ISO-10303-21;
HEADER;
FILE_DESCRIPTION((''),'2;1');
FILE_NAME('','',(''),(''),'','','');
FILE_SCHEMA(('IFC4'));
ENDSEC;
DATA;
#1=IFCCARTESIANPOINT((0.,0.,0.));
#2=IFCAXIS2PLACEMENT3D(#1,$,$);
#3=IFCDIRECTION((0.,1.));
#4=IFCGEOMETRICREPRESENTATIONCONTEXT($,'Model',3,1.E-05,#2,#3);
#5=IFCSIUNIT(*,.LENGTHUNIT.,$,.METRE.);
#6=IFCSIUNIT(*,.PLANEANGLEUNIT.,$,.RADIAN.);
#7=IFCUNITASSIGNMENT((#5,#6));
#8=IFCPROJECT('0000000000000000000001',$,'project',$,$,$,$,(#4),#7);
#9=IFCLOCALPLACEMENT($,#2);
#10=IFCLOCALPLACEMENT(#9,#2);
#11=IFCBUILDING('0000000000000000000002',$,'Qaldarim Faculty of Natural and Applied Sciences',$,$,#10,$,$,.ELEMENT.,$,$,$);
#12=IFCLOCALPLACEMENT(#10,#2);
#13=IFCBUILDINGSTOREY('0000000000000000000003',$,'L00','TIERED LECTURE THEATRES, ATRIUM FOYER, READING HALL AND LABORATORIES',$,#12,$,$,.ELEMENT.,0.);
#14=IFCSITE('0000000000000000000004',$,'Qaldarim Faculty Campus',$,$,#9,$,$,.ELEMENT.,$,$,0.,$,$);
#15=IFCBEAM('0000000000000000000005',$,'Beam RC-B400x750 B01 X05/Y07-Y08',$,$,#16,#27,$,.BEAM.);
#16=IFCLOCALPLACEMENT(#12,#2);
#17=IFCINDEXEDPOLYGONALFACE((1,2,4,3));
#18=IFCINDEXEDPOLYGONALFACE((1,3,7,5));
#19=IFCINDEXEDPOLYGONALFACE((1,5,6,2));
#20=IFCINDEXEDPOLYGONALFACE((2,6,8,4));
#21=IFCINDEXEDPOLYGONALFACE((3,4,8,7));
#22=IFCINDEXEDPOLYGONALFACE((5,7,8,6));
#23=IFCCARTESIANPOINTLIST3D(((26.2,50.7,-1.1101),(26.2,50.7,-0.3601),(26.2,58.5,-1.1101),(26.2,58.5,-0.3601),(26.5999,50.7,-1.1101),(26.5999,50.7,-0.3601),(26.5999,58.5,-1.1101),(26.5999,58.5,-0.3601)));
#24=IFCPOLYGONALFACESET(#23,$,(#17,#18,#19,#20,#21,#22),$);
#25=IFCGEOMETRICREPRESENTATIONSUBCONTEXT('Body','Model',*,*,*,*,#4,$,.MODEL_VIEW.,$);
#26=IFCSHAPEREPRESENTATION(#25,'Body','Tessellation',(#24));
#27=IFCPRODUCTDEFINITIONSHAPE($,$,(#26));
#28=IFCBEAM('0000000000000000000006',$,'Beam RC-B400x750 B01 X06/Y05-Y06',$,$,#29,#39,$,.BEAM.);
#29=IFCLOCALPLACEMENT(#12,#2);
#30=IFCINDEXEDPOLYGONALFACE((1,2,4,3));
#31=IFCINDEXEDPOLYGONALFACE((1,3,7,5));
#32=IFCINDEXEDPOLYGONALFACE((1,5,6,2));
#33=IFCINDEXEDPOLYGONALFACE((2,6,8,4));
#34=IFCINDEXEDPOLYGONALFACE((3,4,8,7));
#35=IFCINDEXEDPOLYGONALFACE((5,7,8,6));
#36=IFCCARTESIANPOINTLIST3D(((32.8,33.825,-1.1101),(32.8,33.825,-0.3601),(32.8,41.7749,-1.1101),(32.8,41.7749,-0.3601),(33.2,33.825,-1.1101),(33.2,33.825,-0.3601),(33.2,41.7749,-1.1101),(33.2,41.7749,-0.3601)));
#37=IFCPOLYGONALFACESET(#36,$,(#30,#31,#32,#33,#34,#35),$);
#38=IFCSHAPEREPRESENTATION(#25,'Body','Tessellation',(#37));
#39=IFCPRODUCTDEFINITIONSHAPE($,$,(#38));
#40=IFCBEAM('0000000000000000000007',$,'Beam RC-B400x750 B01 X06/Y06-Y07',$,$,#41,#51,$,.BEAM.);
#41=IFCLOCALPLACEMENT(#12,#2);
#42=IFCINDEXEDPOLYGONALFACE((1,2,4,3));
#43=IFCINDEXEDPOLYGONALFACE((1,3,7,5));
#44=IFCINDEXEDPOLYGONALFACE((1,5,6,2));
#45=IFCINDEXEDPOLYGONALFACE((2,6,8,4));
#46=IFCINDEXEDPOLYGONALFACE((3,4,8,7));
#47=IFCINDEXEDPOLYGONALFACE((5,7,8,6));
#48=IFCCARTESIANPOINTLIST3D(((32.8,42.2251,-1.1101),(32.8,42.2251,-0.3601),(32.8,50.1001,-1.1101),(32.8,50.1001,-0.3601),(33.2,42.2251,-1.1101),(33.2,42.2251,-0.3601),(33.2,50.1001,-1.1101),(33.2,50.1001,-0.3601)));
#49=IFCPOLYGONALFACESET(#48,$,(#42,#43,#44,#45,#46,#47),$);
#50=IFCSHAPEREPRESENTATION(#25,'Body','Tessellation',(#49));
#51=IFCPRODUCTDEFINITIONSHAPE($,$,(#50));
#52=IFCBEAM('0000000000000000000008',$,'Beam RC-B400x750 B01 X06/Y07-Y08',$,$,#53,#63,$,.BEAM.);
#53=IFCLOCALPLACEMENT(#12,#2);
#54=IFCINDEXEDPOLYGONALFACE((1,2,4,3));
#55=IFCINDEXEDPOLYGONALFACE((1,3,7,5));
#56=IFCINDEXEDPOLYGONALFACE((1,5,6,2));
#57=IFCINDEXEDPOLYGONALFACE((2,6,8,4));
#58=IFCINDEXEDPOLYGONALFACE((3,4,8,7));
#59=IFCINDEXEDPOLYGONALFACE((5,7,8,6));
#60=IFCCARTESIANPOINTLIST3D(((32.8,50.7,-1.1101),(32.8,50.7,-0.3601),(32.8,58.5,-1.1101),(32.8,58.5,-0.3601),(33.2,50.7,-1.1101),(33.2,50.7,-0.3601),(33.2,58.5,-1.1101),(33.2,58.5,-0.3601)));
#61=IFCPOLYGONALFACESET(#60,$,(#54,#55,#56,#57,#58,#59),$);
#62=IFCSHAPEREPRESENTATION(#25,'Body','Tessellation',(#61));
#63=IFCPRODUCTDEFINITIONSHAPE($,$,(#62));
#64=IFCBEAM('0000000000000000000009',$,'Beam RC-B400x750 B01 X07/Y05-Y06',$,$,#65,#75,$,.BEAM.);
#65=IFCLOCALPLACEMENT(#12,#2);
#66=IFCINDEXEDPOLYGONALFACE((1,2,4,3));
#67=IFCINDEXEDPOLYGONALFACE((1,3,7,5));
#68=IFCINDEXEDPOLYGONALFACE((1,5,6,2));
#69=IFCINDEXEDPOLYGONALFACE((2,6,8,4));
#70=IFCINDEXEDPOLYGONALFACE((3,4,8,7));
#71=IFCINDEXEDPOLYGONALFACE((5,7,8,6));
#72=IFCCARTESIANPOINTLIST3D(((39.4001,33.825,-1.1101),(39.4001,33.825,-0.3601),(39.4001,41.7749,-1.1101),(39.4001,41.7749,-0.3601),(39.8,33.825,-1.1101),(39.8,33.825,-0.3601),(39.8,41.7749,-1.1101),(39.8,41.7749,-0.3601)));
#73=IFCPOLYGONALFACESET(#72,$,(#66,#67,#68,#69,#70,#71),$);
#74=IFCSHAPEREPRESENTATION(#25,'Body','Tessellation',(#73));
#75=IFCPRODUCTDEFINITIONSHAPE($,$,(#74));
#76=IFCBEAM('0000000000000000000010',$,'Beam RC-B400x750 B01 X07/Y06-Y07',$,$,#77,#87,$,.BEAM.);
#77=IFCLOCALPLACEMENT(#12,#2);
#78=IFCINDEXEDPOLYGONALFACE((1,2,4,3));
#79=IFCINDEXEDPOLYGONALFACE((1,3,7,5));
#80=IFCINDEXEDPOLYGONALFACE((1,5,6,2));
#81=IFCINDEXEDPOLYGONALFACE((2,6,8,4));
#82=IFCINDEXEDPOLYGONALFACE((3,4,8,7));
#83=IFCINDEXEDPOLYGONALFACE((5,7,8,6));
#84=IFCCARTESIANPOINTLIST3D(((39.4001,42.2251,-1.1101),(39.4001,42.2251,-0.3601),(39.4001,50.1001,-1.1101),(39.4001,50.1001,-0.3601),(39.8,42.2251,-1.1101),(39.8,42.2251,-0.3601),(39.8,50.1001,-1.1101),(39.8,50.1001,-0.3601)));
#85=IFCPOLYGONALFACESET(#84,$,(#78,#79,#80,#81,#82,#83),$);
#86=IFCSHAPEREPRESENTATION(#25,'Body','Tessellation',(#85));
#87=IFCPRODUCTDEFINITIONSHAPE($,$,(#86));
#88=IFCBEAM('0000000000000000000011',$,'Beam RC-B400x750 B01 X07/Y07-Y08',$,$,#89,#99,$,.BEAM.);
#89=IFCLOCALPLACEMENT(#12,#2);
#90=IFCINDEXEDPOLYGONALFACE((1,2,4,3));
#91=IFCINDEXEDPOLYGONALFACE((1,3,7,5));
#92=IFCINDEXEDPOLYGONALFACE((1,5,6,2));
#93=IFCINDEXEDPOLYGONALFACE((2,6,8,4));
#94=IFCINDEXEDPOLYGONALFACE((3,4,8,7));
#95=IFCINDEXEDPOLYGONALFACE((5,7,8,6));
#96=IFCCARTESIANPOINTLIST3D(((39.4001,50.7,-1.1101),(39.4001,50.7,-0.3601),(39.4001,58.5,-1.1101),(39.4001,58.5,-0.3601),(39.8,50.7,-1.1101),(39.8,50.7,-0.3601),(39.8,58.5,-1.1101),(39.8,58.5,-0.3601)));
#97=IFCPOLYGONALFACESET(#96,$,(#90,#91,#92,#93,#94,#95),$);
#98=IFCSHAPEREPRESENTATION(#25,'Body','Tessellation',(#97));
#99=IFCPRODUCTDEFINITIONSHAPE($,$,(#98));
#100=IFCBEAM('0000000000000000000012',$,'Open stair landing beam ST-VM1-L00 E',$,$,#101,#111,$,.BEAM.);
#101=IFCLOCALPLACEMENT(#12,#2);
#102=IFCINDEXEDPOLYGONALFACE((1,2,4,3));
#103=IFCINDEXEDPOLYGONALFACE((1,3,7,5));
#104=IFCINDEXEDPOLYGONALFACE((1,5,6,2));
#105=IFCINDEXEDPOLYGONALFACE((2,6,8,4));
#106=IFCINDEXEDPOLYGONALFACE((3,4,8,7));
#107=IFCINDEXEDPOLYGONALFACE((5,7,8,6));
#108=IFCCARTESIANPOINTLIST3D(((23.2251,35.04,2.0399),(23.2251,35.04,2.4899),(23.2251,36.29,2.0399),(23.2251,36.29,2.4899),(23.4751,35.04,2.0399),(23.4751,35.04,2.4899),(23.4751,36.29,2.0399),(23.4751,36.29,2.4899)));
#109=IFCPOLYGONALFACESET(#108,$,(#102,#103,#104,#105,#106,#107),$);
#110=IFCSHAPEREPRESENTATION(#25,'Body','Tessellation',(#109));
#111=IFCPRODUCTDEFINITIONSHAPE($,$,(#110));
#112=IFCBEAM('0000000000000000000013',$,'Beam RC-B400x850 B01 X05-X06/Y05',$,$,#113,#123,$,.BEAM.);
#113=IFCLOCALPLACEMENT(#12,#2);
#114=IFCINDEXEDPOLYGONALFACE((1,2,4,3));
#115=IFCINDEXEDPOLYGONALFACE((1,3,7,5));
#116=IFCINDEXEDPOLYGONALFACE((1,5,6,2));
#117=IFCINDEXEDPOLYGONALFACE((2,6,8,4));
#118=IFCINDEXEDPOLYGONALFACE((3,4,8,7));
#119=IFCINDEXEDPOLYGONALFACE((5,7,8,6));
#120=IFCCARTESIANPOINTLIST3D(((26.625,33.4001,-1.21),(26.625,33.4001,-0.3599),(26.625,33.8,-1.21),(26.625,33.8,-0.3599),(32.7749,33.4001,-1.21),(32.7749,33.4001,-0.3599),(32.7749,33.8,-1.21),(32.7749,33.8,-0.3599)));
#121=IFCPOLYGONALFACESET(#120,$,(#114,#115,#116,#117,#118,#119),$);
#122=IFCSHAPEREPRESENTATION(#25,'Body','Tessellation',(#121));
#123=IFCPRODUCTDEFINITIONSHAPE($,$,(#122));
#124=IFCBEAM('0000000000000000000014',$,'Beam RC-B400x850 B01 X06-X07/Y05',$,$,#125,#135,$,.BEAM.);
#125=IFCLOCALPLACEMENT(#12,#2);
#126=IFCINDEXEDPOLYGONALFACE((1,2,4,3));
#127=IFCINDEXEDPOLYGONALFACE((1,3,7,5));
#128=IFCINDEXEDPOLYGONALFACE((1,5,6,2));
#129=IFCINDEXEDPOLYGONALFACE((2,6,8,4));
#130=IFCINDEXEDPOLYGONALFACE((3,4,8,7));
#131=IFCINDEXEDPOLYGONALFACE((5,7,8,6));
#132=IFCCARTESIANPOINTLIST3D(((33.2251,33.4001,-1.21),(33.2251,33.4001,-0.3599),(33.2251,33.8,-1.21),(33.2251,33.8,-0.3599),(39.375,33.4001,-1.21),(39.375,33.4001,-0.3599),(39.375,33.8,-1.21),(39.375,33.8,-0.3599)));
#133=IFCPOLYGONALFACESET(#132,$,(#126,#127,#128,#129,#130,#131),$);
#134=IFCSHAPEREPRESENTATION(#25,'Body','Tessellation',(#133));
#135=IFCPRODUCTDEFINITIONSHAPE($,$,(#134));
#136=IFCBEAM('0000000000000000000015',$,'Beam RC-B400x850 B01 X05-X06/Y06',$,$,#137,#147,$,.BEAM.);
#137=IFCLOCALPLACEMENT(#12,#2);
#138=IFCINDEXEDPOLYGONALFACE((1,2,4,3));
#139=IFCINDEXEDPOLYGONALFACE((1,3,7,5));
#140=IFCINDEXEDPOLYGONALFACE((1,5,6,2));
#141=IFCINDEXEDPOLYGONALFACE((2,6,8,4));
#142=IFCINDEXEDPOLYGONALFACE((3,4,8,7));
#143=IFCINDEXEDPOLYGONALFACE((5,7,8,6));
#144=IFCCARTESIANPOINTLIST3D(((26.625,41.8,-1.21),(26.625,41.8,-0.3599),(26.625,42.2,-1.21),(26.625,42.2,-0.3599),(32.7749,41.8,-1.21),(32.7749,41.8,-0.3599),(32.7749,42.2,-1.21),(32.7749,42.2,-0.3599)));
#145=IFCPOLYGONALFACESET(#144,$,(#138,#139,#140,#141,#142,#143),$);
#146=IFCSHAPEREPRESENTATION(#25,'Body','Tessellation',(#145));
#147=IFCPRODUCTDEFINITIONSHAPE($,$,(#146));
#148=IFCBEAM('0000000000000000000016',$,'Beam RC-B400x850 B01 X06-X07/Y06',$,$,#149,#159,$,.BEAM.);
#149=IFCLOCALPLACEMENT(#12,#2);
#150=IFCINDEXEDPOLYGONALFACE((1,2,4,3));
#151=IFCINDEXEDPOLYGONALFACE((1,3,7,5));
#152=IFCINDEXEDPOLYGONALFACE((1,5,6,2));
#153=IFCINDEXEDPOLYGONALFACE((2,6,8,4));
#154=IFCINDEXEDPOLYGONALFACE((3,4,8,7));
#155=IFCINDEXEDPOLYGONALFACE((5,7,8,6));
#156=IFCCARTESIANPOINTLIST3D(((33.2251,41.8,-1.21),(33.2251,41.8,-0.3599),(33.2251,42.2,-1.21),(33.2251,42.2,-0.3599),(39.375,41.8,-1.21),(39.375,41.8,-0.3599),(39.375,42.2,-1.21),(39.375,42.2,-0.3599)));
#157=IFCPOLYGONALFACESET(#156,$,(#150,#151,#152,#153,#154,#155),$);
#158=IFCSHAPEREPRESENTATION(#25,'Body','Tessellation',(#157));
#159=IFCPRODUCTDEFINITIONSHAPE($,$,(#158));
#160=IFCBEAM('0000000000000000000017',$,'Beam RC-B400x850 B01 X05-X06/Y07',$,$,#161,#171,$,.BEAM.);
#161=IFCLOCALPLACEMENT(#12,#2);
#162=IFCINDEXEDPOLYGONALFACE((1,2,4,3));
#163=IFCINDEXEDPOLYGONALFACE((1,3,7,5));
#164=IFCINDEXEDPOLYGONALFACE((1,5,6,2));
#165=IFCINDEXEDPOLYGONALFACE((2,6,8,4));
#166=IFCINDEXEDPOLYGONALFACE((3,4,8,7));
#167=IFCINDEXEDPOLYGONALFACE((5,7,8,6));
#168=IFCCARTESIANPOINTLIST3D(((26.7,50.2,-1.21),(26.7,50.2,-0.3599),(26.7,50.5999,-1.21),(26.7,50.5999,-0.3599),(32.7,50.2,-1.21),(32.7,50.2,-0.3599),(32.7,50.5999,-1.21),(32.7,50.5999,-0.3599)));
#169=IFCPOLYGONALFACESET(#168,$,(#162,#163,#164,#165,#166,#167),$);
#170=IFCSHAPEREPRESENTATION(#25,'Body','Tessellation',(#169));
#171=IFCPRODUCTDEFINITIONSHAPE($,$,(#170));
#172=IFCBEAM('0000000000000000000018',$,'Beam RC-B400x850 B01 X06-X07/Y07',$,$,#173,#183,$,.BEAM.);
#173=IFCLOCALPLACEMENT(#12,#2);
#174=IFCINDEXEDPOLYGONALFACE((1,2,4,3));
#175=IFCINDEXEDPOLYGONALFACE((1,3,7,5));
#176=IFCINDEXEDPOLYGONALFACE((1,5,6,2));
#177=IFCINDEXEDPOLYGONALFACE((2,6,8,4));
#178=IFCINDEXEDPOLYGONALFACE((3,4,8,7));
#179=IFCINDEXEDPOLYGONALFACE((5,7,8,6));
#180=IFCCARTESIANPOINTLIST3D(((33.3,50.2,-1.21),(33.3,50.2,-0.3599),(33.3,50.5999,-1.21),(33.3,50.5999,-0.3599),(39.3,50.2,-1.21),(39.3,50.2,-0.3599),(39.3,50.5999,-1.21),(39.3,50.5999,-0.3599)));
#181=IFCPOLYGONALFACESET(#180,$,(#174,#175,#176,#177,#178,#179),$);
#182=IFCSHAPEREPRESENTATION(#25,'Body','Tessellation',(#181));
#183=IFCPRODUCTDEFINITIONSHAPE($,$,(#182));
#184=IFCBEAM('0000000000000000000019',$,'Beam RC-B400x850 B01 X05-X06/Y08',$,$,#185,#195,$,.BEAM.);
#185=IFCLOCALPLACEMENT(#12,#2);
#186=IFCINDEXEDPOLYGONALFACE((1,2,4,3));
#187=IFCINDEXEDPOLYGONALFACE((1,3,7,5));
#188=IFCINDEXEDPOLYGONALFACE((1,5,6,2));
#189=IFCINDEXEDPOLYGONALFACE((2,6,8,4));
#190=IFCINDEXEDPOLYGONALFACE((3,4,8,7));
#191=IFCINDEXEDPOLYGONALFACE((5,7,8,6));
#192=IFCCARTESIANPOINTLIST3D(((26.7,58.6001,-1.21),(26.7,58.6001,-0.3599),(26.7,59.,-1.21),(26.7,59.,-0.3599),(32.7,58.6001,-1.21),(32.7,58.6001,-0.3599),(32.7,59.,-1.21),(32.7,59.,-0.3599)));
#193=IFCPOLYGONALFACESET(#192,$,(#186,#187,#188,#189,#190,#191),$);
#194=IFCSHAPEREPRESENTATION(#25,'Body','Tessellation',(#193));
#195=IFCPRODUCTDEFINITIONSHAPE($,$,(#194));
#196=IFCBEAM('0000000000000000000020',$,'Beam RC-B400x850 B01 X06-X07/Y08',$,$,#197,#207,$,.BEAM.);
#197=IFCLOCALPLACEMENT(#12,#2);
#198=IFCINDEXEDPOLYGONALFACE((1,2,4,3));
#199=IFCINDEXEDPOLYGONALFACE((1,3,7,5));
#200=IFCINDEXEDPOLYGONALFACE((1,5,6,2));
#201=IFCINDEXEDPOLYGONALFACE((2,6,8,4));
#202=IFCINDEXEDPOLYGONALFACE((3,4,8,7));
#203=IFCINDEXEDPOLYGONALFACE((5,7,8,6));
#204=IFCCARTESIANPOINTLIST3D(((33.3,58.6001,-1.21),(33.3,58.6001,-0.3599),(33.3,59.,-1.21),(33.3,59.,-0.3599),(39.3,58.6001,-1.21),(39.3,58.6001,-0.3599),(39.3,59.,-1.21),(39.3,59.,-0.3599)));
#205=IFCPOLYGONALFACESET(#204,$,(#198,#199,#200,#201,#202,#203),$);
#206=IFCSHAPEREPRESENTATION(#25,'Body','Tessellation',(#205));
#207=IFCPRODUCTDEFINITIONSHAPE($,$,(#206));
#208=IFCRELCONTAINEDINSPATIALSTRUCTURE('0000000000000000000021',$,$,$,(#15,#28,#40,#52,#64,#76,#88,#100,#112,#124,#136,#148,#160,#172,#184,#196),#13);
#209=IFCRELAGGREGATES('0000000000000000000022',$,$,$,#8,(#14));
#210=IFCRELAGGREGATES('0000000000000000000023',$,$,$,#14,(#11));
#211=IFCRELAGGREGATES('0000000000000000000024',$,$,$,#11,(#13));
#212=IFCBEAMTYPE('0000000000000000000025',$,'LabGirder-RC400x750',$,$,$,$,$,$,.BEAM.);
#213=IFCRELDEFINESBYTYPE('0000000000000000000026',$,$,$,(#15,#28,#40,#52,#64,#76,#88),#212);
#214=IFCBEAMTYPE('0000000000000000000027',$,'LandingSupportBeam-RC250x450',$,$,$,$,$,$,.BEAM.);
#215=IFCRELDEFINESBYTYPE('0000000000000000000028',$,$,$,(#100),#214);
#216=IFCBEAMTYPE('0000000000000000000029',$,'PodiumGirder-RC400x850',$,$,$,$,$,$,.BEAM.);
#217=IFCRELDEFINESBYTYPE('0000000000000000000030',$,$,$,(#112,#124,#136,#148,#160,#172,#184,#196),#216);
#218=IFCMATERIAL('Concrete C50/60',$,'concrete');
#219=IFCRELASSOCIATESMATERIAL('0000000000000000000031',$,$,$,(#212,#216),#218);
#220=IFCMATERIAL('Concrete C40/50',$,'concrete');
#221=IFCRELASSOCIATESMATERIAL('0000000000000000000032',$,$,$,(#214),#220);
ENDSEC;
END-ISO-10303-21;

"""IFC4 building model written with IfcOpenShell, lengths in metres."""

from ifc_helpers import new_model, si_unit, direction, frame, origin, origin_2d, place, context, subcontext, project, spatial, rectangle, extrude, material, material_profile, profile_set, type_object, element, save


model = new_model("IFC4")

# Units and contexts
model_context = context("Model", 3, precision=1e-05, world=origin(), true_north=direction((0.0, 1.0)))
body_context = subcontext(model_context, "Body", "Model", "MODEL_VIEW")
ifc_project = project(units=[si_unit("LENGTHUNIT", "METRE"), si_unit("PLANEANGLEUNIT", "RADIAN")], contexts=[model_context])

# Site, building, storey
site_placement = place(None, origin())
site = spatial("IfcSite", under=ifc_project, at=site_placement, Name="Qaldarim Faculty Campus", CompositionType="ELEMENT", RefElevation=0.0)
building_placement = place(site_placement, origin())
building = spatial("IfcBuilding", under=site, at=building_placement, Name="Qaldarim Faculty of Natural and Applied Sciences", CompositionType="ELEMENT")
storey_placement = place(building_placement, origin())
storey = spatial("IfcBuildingStorey", under=building, at=storey_placement, Name="L00", Description="TIERED LECTURE THEATRES, ATRIUM FOYER, READING HALL AND LABORATORIES", CompositionType="ELEMENT", Elevation=0.0)

# Shared definitions
ifc_material_1 = material(Name="Concrete C50/60", Category="concrete")
ifc_material_2 = material(Name="Concrete C40/50", Category="concrete")

# Beams
ifc_material_profile_1 = material_profile(ifc_material_1, rectangle(XDim=0.3999, YDim=0.75, at=origin_2d()), Name="RC-B400x750")
ifc_profile_set_1 = profile_set([ifc_material_profile_1], Name="Concrete C50/60")
beam_type_1 = type_object("IfcBeamType", Name="LabGirder-RC400x750", PredefinedType="BEAM", material=ifc_profile_set_1)
beam_1_placement = place(storey_placement, frame((26.3999, 50.7, -0.7351), z_axis=(0.0, 1.0, 0.0), x_axis=(-1.0, 0.0, 0.0)))
element("IfcBeam", 1, at=beam_1_placement, inside=storey, type_object=beam_type_1, Name="Beam RC-B400x750 B01 X05/Y07-Y08", PredefinedType="BEAM", context=body_context, shape_type="SweptSolid", body=[
    extrude(rectangle(XDim=0.3999, YDim=0.75, at=origin_2d()), origin(), (0.0, 0.0, 1.0), 7.8),
])
beam_2_placement = place(storey_placement, frame((33.0, 33.825, -0.7351), z_axis=(0.0, 1.0, 0.0), x_axis=(-1.0, 0.0, 0.0)))
element("IfcBeam", 2, at=beam_2_placement, inside=storey, type_object=beam_type_1, Name="Beam RC-B400x750 B01 X06/Y05-Y06", PredefinedType="BEAM", context=body_context, shape_type="SweptSolid", body=[
    extrude(rectangle(XDim=0.3999, YDim=0.75, at=origin_2d()), origin(), (0.0, 0.0, 1.0), 7.95),
])
beam_3_placement = place(storey_placement, frame((33.0, 42.2251, -0.7351), z_axis=(0.0, 1.0, 0.0), x_axis=(-1.0, 0.0, 0.0)))
element("IfcBeam", 3, at=beam_3_placement, inside=storey, type_object=beam_type_1, Name="Beam RC-B400x750 B01 X06/Y06-Y07", PredefinedType="BEAM", context=body_context, shape_type="SweptSolid", body=[
    extrude(rectangle(XDim=0.3999, YDim=0.75, at=origin_2d()), origin(), (0.0, 0.0, 1.0), 7.875),
])
beam_4_placement = place(storey_placement, frame((33.0, 50.7, -0.7351), z_axis=(0.0, 1.0, 0.0), x_axis=(-1.0, 0.0, 0.0)))
element("IfcBeam", 4, at=beam_4_placement, inside=storey, type_object=beam_type_1, Name="Beam RC-B400x750 B01 X06/Y07-Y08", PredefinedType="BEAM", context=body_context, shape_type="SweptSolid", body=[
    extrude(rectangle(XDim=0.3999, YDim=0.75, at=origin_2d()), origin(), (0.0, 0.0, 1.0), 7.8),
])
beam_5_placement = place(storey_placement, frame((39.6001, 33.825, -0.7351), z_axis=(0.0, 1.0, 0.0), x_axis=(-1.0, 0.0, 0.0)))
element("IfcBeam", 5, at=beam_5_placement, inside=storey, type_object=beam_type_1, Name="Beam RC-B400x750 B01 X07/Y05-Y06", PredefinedType="BEAM", context=body_context, shape_type="SweptSolid", body=[
    extrude(rectangle(XDim=0.3999, YDim=0.75, at=origin_2d()), origin(), (0.0, 0.0, 1.0), 7.95),
])
beam_6_placement = place(storey_placement, frame((39.6001, 42.2251, -0.7351), z_axis=(0.0, 1.0, 0.0), x_axis=(-1.0, 0.0, 0.0)))
element("IfcBeam", 6, at=beam_6_placement, inside=storey, type_object=beam_type_1, Name="Beam RC-B400x750 B01 X07/Y06-Y07", PredefinedType="BEAM", context=body_context, shape_type="SweptSolid", body=[
    extrude(rectangle(XDim=0.3999, YDim=0.75, at=origin_2d()), origin(), (0.0, 0.0, 1.0), 7.875),
])
beam_7_placement = place(storey_placement, frame((39.6001, 50.7, -0.7351), z_axis=(0.0, 1.0, 0.0), x_axis=(-1.0, 0.0, 0.0)))
element("IfcBeam", 7, at=beam_7_placement, inside=storey, type_object=beam_type_1, Name="Beam RC-B400x750 B01 X07/Y07-Y08", PredefinedType="BEAM", context=body_context, shape_type="SweptSolid", body=[
    extrude(rectangle(XDim=0.3999, YDim=0.75, at=origin_2d()), origin(), (0.0, 0.0, 1.0), 7.8),
])
ifc_material_profile_2 = material_profile(ifc_material_2, rectangle(XDim=0.25, YDim=0.45, at=origin_2d()), Name="RC-LN250x450")
ifc_profile_set_2 = profile_set([ifc_material_profile_2], Name="Concrete C40/50")
beam_type_2 = type_object("IfcBeamType", Name="LandingSupportBeam-RC250x450", PredefinedType="BEAM", material=ifc_profile_set_2)
beam_8_placement = place(storey_placement, frame((23.3501, 35.04, 2.2649), z_axis=(0.0, 1.0, 0.0), x_axis=(-1.0, 0.0, 0.0)))
element("IfcBeam", 8, at=beam_8_placement, inside=storey, type_object=beam_type_2, Name="Open stair landing beam ST-VM1-L00 E", PredefinedType="BEAM", context=body_context, shape_type="SweptSolid", body=[
    extrude(rectangle(XDim=0.25, YDim=0.45, at=origin_2d()), origin(), (0.0, 0.0, 1.0), 1.25),
])
ifc_material_profile_3 = material_profile(ifc_material_1, rectangle(XDim=0.3999, YDim=0.8501, at=origin_2d()), Name="RC-B400x850")
ifc_profile_set_3 = profile_set([ifc_material_profile_3], Name="Concrete C50/60")
beam_type_3 = type_object("IfcBeamType", Name="PodiumGirder-RC400x850", PredefinedType="BEAM", material=ifc_profile_set_3)
for number, where, z_axis, x_axis, name in (
    (9, (26.625, 33.6001, -0.7849), (1.0, 0.0, 0.0), (0.0, 1.0, 0.0), "Beam RC-B400x850 B01 X05-X06/Y05"),
    (10, (33.2251, 33.6001, -0.7849), (1.0, 0.0, 0.0), (0.0, 1.0, 0.0), "Beam RC-B400x850 B01 X06-X07/Y05"),
    (11, (26.625, 42.0, -0.7849), (1.0, 0.0, 0.0), (0.0, 1.0, 0.0), "Beam RC-B400x850 B01 X05-X06/Y06"),
    (12, (33.2251, 42.0, -0.7849), (1.0, 0.0, 0.0), (0.0, 1.0, 0.0), "Beam RC-B400x850 B01 X06-X07/Y06"),
):
    element("IfcBeam", number, at=place(storey_placement, frame(where, z_axis=z_axis, x_axis=x_axis)), inside=storey, type_object=beam_type_3, Name=name, PredefinedType="BEAM", context=body_context, shape_type="SweptSolid", body=[
        extrude(rectangle(XDim=0.3999, YDim=0.8501, at=origin_2d()), origin(), (0.0, 0.0, 1.0), 6.1499),
    ])
for number, where, z_axis, x_axis, name in (
    (13, (26.7, 50.3999, -0.7849), (1.0, 0.0, 0.0), (0.0, 1.0, 0.0), "Beam RC-B400x850 B01 X05-X06/Y07"),
    (14, (33.3, 50.3999, -0.7849), (1.0, 0.0, 0.0), (0.0, 1.0, 0.0), "Beam RC-B400x850 B01 X06-X07/Y07"),
    (15, (26.7, 58.8, -0.7849), (1.0, 0.0, 0.0), (0.0, 1.0, 0.0), "Beam RC-B400x850 B01 X05-X06/Y08"),
    (16, (33.3, 58.8, -0.7849), (1.0, 0.0, 0.0), (0.0, 1.0, 0.0), "Beam RC-B400x850 B01 X06-X07/Y08"),
):
    element("IfcBeam", number, at=place(storey_placement, frame(where, z_axis=z_axis, x_axis=x_axis)), inside=storey, type_object=beam_type_3, Name=name, PredefinedType="BEAM", context=body_context, shape_type="SweptSolid", body=[
        extrude(rectangle(XDim=0.3999, YDim=0.8501, at=origin_2d()), origin(), (0.0, 0.0, 1.0), 6.0),
    ])

save(model, "model.ifc")
